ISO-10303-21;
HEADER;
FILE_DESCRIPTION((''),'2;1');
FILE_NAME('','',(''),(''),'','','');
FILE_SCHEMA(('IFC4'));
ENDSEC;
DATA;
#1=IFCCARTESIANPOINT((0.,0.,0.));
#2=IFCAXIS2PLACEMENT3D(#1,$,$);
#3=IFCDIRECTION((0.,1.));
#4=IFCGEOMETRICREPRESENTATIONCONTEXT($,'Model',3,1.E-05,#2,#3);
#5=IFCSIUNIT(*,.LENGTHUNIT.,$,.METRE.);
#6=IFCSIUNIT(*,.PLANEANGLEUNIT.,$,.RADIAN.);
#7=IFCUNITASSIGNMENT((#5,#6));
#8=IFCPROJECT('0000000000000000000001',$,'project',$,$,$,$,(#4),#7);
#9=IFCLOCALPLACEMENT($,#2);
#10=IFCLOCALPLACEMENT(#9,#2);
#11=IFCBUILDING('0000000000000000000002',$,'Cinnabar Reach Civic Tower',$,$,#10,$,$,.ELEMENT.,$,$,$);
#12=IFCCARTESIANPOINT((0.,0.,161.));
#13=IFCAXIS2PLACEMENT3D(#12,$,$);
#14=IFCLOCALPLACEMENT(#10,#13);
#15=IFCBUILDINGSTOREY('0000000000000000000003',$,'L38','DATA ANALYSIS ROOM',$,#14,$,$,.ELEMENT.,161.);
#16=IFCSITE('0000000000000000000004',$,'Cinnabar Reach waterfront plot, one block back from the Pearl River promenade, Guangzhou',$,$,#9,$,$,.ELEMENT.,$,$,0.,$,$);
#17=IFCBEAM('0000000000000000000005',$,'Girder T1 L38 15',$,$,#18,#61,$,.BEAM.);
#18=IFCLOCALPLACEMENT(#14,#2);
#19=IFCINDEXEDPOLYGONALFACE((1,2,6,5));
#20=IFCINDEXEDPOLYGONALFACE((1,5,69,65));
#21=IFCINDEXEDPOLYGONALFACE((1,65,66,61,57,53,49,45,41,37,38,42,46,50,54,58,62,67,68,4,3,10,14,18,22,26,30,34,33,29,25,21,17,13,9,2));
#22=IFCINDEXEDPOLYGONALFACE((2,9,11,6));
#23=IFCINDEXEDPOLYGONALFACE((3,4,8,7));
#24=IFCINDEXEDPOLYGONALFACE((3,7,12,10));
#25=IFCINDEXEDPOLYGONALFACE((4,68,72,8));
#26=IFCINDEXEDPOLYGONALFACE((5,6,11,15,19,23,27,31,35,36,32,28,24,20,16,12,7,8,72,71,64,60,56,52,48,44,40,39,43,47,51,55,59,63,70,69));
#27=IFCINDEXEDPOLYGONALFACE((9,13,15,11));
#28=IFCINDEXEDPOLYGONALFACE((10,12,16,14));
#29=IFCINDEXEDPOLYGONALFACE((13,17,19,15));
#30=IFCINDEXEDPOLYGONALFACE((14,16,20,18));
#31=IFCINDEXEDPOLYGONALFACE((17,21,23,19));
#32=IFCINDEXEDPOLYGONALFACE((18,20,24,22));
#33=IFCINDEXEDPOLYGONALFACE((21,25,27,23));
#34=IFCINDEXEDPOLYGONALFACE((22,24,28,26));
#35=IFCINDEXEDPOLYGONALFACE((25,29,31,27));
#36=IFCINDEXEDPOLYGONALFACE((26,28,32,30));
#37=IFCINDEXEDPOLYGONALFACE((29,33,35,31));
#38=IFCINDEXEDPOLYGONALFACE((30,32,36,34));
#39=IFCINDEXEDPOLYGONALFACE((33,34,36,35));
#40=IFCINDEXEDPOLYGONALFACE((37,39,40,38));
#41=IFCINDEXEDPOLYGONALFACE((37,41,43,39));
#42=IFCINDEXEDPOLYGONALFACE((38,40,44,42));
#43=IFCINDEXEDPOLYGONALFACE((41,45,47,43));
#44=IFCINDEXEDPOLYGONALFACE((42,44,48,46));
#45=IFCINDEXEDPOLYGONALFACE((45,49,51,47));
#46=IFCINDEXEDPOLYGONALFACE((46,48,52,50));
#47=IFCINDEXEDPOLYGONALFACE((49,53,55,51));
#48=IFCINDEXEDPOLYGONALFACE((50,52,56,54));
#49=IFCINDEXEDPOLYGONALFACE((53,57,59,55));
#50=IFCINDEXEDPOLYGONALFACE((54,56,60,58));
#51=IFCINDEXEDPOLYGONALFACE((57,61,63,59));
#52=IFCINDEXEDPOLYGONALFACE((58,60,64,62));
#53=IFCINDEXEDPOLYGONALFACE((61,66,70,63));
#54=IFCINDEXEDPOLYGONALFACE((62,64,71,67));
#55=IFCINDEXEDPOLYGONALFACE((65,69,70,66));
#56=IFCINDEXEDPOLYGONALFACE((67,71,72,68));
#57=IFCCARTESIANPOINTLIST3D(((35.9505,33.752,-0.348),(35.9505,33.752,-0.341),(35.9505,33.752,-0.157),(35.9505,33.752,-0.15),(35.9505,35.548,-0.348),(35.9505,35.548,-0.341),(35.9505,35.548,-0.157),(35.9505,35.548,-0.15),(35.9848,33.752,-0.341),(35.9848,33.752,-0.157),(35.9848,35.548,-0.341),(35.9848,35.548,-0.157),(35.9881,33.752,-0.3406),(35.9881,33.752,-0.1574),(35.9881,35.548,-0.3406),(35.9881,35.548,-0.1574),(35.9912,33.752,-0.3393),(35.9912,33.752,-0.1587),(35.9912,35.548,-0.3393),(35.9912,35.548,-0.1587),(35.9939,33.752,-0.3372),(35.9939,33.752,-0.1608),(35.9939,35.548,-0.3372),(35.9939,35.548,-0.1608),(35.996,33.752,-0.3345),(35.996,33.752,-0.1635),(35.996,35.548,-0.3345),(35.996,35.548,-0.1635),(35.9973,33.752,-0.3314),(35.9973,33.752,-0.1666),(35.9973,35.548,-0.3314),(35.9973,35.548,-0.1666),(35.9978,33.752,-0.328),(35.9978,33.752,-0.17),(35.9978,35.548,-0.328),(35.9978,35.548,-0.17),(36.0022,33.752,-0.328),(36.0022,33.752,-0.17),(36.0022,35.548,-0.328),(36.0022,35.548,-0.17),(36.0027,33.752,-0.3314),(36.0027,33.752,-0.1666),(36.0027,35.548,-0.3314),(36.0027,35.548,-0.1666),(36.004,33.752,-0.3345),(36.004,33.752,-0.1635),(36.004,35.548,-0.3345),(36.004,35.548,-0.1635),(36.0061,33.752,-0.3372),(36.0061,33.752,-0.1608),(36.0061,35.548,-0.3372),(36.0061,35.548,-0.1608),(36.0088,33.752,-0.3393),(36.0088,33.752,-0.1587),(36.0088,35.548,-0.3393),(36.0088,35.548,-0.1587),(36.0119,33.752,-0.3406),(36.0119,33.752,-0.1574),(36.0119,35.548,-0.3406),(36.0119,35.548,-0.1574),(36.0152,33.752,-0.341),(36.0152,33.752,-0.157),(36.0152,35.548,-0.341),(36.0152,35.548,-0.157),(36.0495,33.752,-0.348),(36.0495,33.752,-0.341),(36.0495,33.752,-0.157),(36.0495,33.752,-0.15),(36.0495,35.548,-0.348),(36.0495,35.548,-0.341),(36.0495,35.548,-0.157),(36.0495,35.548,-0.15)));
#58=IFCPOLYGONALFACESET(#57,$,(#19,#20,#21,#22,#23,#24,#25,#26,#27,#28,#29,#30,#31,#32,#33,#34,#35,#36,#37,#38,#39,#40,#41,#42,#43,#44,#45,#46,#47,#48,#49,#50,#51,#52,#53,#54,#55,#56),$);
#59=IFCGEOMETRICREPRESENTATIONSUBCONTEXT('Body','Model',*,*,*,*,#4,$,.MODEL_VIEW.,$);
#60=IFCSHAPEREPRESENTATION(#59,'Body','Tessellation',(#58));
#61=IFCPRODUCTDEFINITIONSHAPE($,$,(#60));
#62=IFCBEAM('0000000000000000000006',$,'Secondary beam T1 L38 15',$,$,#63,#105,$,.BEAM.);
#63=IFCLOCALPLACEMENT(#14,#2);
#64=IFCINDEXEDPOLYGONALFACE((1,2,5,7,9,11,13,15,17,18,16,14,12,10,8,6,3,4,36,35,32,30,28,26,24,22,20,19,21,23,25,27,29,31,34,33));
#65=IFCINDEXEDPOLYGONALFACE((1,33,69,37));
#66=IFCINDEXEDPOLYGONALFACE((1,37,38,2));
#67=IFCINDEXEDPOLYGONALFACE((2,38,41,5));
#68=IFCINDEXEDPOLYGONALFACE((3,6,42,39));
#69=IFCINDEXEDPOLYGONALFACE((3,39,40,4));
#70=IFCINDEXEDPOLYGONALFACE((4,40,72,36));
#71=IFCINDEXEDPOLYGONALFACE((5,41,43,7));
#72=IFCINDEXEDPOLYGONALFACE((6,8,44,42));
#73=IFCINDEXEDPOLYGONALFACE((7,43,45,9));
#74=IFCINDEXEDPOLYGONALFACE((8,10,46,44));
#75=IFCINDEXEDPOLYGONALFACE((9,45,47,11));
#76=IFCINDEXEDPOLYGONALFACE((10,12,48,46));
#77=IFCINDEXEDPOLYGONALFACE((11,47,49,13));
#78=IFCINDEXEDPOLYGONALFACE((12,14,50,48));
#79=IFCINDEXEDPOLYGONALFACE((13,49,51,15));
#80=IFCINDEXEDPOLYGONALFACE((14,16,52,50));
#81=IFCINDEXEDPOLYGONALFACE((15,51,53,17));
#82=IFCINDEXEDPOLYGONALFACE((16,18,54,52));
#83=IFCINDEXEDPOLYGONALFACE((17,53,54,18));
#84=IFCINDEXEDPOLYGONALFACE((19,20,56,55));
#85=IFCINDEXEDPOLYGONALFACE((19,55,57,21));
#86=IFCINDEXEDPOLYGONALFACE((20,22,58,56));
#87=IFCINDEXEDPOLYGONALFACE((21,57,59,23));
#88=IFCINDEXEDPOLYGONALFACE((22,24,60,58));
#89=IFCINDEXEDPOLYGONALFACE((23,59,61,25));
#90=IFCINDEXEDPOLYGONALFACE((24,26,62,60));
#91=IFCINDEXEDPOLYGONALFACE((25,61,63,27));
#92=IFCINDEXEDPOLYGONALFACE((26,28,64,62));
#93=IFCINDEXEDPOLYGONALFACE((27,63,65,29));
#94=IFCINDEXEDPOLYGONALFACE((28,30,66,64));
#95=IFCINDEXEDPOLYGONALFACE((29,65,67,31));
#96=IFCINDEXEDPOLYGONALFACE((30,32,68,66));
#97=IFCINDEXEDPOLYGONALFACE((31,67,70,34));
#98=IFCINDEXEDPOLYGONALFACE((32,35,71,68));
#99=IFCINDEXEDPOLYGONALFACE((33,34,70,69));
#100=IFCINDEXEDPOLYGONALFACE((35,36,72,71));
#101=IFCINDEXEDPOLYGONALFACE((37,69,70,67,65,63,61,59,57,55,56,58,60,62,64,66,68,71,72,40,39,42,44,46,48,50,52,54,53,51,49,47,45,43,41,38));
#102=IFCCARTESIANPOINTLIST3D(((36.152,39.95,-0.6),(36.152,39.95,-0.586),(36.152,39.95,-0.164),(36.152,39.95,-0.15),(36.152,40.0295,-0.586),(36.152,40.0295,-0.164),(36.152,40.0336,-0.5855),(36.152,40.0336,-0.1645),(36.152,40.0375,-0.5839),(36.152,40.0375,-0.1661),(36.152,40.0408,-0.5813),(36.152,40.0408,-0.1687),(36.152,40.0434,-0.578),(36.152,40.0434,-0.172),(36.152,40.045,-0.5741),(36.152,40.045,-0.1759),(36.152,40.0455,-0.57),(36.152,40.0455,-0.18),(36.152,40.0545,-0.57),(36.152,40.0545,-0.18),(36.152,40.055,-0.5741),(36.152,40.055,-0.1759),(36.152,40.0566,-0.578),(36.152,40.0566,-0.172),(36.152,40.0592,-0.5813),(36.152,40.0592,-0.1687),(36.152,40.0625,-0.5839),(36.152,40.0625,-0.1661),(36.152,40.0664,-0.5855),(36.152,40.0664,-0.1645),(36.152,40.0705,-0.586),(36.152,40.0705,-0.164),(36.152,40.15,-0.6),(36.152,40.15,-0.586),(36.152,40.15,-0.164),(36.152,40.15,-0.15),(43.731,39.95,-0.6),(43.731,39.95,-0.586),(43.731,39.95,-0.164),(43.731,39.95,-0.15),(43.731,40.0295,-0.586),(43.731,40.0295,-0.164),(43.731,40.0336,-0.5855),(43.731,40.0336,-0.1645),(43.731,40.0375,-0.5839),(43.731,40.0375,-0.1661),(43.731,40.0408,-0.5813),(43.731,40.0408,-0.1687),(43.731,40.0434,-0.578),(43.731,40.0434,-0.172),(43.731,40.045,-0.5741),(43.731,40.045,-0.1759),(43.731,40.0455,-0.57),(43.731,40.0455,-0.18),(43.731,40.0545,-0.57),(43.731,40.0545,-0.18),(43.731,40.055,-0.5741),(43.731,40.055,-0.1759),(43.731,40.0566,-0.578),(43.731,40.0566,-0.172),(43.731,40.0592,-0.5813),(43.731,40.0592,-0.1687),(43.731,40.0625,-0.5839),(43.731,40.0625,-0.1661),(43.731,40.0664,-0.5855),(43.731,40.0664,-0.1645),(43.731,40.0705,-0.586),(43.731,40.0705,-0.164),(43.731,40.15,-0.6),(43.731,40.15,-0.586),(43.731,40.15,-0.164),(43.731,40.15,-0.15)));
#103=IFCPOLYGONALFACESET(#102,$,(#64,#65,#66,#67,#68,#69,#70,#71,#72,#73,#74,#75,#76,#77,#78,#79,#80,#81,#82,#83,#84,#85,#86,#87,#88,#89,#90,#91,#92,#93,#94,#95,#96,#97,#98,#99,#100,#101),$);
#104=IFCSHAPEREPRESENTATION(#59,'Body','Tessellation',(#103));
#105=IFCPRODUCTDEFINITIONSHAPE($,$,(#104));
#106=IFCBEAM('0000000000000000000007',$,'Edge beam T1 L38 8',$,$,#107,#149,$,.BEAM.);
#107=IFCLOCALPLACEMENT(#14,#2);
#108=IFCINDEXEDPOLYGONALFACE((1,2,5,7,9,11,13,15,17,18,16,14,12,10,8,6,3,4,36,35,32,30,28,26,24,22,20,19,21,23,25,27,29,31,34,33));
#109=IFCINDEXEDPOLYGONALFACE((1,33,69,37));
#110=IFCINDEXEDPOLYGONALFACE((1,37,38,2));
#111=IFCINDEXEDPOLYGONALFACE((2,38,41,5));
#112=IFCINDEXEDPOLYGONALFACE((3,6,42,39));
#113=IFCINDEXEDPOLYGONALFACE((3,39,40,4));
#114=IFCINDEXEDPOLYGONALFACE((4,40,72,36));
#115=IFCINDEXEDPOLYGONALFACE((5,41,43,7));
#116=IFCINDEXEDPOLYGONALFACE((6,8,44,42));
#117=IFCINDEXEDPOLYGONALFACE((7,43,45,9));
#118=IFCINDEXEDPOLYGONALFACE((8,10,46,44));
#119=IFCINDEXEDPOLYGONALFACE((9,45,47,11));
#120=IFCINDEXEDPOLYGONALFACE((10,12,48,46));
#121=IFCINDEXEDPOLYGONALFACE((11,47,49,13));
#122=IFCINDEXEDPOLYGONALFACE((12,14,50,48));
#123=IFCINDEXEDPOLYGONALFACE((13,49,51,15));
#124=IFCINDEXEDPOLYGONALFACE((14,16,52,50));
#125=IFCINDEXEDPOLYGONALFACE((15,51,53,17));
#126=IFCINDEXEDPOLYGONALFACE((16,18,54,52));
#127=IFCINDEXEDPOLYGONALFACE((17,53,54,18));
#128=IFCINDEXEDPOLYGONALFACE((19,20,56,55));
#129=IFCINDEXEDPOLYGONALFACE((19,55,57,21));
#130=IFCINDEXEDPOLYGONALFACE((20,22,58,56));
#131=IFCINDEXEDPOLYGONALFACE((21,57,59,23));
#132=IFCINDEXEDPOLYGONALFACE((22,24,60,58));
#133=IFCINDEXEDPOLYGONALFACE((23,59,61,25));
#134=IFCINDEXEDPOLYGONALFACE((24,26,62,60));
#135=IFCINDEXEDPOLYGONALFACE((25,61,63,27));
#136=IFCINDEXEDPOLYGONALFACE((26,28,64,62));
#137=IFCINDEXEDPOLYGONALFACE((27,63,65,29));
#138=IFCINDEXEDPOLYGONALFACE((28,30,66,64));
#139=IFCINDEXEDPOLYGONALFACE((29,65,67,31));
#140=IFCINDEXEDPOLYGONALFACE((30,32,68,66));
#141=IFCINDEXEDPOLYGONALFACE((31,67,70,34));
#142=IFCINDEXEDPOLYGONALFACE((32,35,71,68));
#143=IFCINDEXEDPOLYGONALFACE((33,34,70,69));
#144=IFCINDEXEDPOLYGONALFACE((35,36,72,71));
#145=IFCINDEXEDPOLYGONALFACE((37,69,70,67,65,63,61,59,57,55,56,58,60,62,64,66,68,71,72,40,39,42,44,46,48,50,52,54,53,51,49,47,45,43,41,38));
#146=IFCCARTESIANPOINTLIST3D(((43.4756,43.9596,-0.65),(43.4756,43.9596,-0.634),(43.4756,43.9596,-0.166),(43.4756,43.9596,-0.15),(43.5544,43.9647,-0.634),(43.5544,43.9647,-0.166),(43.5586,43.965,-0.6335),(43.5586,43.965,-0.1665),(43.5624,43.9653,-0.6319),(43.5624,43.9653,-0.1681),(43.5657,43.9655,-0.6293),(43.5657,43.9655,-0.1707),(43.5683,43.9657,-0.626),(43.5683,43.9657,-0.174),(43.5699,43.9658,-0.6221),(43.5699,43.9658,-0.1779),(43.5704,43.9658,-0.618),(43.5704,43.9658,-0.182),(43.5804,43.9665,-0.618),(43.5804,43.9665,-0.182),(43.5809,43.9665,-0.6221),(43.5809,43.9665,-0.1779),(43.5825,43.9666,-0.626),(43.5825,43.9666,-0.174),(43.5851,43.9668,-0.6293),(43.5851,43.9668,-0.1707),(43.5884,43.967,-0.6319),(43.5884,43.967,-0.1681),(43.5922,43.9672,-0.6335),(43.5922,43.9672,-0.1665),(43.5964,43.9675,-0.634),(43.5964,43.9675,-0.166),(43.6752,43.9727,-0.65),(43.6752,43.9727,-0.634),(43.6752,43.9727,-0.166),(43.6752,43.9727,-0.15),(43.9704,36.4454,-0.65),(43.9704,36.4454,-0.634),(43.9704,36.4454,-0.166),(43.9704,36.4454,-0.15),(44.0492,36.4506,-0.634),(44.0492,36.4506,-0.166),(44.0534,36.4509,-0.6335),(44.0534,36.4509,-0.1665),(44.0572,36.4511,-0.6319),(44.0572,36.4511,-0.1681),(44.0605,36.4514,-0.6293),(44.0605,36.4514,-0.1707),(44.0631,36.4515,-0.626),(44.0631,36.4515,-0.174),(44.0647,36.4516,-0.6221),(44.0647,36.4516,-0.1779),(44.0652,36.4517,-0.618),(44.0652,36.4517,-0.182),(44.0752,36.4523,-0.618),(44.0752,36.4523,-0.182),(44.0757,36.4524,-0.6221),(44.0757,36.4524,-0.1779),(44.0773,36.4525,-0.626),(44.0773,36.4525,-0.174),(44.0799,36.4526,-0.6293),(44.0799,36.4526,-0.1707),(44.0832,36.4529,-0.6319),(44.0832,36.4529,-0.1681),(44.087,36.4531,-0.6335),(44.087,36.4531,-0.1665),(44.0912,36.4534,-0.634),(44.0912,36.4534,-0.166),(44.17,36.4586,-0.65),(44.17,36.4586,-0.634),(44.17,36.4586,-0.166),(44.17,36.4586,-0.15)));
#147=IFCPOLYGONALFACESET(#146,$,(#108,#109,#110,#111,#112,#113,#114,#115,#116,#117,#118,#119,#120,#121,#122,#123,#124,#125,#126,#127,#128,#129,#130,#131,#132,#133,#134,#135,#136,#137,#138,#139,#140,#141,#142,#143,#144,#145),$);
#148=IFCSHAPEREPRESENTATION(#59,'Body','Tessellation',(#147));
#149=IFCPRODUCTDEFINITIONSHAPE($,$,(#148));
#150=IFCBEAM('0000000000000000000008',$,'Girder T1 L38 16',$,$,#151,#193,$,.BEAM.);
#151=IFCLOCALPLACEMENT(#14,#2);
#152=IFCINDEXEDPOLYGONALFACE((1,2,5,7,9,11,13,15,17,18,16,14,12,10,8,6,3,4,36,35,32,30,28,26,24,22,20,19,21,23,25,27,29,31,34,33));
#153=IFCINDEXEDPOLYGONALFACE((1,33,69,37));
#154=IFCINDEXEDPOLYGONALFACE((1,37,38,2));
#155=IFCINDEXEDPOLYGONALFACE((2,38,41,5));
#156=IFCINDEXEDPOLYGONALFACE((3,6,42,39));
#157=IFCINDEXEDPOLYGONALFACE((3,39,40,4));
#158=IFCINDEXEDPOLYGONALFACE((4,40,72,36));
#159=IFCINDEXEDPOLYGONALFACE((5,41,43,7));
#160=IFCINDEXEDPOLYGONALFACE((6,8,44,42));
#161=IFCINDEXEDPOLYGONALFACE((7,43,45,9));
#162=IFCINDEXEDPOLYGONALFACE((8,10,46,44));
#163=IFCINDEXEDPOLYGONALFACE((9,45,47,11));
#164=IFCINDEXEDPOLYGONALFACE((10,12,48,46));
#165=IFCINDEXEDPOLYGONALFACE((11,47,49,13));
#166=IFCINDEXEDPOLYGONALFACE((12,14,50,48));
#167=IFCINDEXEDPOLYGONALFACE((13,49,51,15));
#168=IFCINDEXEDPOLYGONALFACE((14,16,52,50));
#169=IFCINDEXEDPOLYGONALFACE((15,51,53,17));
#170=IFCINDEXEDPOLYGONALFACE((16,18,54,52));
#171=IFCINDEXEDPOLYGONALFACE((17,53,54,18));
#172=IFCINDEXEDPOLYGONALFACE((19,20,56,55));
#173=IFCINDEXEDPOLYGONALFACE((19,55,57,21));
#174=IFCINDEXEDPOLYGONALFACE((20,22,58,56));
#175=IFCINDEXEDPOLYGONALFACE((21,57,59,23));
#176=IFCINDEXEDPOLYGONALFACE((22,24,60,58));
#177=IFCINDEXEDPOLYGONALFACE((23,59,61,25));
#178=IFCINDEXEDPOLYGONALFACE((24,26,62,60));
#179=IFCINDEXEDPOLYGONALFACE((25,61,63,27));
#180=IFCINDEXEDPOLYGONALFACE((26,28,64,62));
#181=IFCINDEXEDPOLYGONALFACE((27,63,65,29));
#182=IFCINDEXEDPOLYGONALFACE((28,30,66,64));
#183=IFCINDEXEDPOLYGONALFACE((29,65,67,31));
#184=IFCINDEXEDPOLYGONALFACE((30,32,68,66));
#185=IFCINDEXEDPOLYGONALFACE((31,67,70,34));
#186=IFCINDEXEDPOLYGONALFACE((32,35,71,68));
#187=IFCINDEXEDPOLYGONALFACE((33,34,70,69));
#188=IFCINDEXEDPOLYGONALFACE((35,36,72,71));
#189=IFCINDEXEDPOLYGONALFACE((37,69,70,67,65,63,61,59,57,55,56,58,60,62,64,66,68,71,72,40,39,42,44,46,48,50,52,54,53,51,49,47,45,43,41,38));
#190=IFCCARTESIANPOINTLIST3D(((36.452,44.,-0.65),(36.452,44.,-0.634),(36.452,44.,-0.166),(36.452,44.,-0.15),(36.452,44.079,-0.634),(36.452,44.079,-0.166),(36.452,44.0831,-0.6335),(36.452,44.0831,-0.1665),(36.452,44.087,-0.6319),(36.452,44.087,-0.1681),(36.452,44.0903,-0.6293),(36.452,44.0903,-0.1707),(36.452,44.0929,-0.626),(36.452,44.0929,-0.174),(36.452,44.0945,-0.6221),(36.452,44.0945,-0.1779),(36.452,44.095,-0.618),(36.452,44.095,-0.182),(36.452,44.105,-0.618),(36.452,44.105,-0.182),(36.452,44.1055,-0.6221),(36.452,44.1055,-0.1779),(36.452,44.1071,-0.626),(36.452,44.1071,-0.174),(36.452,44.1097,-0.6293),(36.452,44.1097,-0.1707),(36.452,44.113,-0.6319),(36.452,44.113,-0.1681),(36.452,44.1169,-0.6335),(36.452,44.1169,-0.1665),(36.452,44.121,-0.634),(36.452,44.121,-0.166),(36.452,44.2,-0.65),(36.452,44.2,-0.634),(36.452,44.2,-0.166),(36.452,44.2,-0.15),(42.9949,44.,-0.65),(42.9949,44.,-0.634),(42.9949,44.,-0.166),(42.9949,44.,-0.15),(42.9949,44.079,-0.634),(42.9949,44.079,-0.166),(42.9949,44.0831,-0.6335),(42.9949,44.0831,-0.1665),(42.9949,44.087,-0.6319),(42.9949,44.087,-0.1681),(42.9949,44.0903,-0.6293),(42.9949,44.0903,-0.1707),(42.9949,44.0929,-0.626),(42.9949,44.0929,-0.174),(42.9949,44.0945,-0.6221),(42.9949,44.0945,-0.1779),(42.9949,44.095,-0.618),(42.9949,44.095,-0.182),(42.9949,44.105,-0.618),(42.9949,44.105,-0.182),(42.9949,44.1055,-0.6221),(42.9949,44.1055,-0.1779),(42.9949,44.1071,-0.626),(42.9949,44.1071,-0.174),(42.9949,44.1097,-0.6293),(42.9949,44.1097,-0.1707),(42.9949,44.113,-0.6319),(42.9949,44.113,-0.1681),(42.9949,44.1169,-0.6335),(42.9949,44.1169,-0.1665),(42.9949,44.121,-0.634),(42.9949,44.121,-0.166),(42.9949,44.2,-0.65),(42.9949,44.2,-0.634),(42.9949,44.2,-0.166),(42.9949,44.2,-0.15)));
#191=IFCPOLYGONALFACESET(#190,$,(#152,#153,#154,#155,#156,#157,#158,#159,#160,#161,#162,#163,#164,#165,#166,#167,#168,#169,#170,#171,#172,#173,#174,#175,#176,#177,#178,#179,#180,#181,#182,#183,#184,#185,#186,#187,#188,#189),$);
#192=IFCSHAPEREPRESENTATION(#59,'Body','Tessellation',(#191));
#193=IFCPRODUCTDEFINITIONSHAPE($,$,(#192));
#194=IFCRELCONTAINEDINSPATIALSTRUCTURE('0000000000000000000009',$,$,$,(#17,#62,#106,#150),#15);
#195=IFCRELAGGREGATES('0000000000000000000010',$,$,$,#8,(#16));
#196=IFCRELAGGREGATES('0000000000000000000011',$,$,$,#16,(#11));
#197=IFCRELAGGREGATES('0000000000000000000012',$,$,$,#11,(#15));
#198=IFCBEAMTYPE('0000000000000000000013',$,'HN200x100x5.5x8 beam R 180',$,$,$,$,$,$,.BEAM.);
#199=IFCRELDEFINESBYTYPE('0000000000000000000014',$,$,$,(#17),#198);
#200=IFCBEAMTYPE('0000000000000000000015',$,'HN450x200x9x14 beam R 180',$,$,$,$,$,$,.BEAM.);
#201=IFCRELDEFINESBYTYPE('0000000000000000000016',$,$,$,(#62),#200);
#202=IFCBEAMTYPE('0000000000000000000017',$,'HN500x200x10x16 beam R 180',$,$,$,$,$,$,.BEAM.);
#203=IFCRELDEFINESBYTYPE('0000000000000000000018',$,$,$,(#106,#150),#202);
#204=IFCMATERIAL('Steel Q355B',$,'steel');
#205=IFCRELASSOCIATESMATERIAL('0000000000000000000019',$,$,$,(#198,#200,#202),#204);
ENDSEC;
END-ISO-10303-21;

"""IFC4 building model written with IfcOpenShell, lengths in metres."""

from ifc_helpers import new_model, si_unit, direction, frame, origin, origin_2d, place, context, subcontext, project, spatial, i_section, extrude, material, material_profile, profile_set, type_object, element, save


model = new_model("IFC4")

# Units and contexts
model_context = context("Model", 3, precision=1e-05, world=origin(), true_north=direction((0.0, 1.0)))
body_context = subcontext(model_context, "Body", "Model", "MODEL_VIEW")
ifc_project = project(units=[si_unit("LENGTHUNIT", "METRE"), si_unit("PLANEANGLEUNIT", "RADIAN")], contexts=[model_context])

# Site, building, storey
site_placement = place(None, origin())
site = spatial("IfcSite", under=ifc_project, at=site_placement, Name="Cinnabar Reach waterfront plot, one block back from the Pearl River promenade, Guangzhou", CompositionType="ELEMENT", RefElevation=0.0)
building_placement = place(site_placement, origin())
building = spatial("IfcBuilding", under=site, at=building_placement, Name="Cinnabar Reach Civic Tower", CompositionType="ELEMENT")
storey_placement = place(building_placement, frame((0.0, 0.0, 161.0)))
storey = spatial("IfcBuildingStorey", under=building, at=storey_placement, Name="L38", Description="DATA ANALYSIS ROOM", CompositionType="ELEMENT", Elevation=161.0)

# Beams
ifc_material_1 = material(Name="Steel Q355B", Category="steel")
ifc_material_profile_1 = material_profile(ifc_material_1, i_section(OverallWidth=0.099, OverallDepth=0.198, WebThickness=0.0045, FlangeThickness=0.007, FilletRadius=0.013, at=origin_2d()), Name="HN200x100x5.5x8")
ifc_profile_set_1 = profile_set([ifc_material_profile_1], Name="Steel Q355B")
beam_type_1 = type_object("IfcBeamType", Name="HN200x100x5.5x8 beam R 180", PredefinedType="BEAM", material=ifc_profile_set_1)
beam_1_placement = place(storey_placement, frame((36.0, 33.752, -0.249), z_axis=(0.0, 1.0, 0.0), x_axis=(-1.0, 0.0, 0.0)))
element("IfcBeam", 1, at=beam_1_placement, inside=storey, type_object=beam_type_1, Name="Girder T1 L38 15", PredefinedType="BEAM", context=body_context, shape_type="SweptSolid", body=[
    extrude(i_section(OverallWidth=0.099, OverallDepth=0.198, WebThickness=0.0045, FlangeThickness=0.007, FilletRadius=0.013, at=origin_2d()), origin(), (0.0, 0.0, 1.0), 1.796),
])
ifc_material_profile_2 = material_profile(ifc_material_1, i_section(OverallWidth=0.2, OverallDepth=0.45, WebThickness=0.009, FlangeThickness=0.014, FilletRadius=0.016, at=origin_2d()), Name="HN450x200x9x14")
ifc_profile_set_2 = profile_set([ifc_material_profile_2], Name="Steel Q355B")
beam_type_2 = type_object("IfcBeamType", Name="HN450x200x9x14 beam R 180", PredefinedType="BEAM", material=ifc_profile_set_2)
beam_2_placement = place(storey_placement, frame((36.152, 40.05, -0.375), z_axis=(1.0, 0.0, 0.0), x_axis=(0.0, 1.0, 0.0)))
element("IfcBeam", 2, at=beam_2_placement, inside=storey, type_object=beam_type_2, Name="Secondary beam T1 L38 15", PredefinedType="BEAM", context=body_context, shape_type="SweptSolid", body=[
    extrude(i_section(OverallWidth=0.2, OverallDepth=0.45, WebThickness=0.009, FlangeThickness=0.014, FilletRadius=0.016, at=origin_2d()), origin(), (0.0, 0.0, 1.0), 7.579),
])
ifc_material_profile_3 = material_profile(ifc_material_1, i_section(OverallWidth=0.2, OverallDepth=0.5, WebThickness=0.01, FlangeThickness=0.016, FilletRadius=0.016, at=origin_2d()), Name="HN500x200x10x16")
ifc_profile_set_3 = profile_set([ifc_material_profile_3], Name="Steel Q355B")
beam_type_3 = type_object("IfcBeamType", Name="HN500x200x10x16 beam R 180", PredefinedType="BEAM", material=ifc_profile_set_3)
beam_3_placement = place(storey_placement, frame((44.0702, 36.452, -0.4), z_axis=(-0.065707, 0.997839, 0.0), x_axis=(-0.997839, -0.065707, 0.0)))
element("IfcBeam", 3, at=beam_3_placement, inside=storey, type_object=beam_type_3, Name="Edge beam T1 L38 8", PredefinedType="BEAM", context=body_context, shape_type="SweptSolid", body=[
    extrude(i_section(OverallWidth=0.2, OverallDepth=0.5, WebThickness=0.01, FlangeThickness=0.016, FilletRadius=0.016, at=origin_2d()), origin(), (0.0, 0.0, 1.0), 7.5304),
])
beam_4_placement = place(storey_placement, frame((36.452, 44.1, -0.4), z_axis=(1.0, 0.0, 0.0), x_axis=(0.0, 1.0, 0.0)))
element("IfcBeam", 4, at=beam_4_placement, inside=storey, type_object=beam_type_3, Name="Girder T1 L38 16", PredefinedType="BEAM", context=body_context, shape_type="SweptSolid", body=[
    extrude(i_section(OverallWidth=0.2, OverallDepth=0.5, WebThickness=0.01, FlangeThickness=0.016, FilletRadius=0.016, at=origin_2d()), origin(), (0.0, 0.0, 1.0), 6.5429),
])

save(model, "model.ifc")
